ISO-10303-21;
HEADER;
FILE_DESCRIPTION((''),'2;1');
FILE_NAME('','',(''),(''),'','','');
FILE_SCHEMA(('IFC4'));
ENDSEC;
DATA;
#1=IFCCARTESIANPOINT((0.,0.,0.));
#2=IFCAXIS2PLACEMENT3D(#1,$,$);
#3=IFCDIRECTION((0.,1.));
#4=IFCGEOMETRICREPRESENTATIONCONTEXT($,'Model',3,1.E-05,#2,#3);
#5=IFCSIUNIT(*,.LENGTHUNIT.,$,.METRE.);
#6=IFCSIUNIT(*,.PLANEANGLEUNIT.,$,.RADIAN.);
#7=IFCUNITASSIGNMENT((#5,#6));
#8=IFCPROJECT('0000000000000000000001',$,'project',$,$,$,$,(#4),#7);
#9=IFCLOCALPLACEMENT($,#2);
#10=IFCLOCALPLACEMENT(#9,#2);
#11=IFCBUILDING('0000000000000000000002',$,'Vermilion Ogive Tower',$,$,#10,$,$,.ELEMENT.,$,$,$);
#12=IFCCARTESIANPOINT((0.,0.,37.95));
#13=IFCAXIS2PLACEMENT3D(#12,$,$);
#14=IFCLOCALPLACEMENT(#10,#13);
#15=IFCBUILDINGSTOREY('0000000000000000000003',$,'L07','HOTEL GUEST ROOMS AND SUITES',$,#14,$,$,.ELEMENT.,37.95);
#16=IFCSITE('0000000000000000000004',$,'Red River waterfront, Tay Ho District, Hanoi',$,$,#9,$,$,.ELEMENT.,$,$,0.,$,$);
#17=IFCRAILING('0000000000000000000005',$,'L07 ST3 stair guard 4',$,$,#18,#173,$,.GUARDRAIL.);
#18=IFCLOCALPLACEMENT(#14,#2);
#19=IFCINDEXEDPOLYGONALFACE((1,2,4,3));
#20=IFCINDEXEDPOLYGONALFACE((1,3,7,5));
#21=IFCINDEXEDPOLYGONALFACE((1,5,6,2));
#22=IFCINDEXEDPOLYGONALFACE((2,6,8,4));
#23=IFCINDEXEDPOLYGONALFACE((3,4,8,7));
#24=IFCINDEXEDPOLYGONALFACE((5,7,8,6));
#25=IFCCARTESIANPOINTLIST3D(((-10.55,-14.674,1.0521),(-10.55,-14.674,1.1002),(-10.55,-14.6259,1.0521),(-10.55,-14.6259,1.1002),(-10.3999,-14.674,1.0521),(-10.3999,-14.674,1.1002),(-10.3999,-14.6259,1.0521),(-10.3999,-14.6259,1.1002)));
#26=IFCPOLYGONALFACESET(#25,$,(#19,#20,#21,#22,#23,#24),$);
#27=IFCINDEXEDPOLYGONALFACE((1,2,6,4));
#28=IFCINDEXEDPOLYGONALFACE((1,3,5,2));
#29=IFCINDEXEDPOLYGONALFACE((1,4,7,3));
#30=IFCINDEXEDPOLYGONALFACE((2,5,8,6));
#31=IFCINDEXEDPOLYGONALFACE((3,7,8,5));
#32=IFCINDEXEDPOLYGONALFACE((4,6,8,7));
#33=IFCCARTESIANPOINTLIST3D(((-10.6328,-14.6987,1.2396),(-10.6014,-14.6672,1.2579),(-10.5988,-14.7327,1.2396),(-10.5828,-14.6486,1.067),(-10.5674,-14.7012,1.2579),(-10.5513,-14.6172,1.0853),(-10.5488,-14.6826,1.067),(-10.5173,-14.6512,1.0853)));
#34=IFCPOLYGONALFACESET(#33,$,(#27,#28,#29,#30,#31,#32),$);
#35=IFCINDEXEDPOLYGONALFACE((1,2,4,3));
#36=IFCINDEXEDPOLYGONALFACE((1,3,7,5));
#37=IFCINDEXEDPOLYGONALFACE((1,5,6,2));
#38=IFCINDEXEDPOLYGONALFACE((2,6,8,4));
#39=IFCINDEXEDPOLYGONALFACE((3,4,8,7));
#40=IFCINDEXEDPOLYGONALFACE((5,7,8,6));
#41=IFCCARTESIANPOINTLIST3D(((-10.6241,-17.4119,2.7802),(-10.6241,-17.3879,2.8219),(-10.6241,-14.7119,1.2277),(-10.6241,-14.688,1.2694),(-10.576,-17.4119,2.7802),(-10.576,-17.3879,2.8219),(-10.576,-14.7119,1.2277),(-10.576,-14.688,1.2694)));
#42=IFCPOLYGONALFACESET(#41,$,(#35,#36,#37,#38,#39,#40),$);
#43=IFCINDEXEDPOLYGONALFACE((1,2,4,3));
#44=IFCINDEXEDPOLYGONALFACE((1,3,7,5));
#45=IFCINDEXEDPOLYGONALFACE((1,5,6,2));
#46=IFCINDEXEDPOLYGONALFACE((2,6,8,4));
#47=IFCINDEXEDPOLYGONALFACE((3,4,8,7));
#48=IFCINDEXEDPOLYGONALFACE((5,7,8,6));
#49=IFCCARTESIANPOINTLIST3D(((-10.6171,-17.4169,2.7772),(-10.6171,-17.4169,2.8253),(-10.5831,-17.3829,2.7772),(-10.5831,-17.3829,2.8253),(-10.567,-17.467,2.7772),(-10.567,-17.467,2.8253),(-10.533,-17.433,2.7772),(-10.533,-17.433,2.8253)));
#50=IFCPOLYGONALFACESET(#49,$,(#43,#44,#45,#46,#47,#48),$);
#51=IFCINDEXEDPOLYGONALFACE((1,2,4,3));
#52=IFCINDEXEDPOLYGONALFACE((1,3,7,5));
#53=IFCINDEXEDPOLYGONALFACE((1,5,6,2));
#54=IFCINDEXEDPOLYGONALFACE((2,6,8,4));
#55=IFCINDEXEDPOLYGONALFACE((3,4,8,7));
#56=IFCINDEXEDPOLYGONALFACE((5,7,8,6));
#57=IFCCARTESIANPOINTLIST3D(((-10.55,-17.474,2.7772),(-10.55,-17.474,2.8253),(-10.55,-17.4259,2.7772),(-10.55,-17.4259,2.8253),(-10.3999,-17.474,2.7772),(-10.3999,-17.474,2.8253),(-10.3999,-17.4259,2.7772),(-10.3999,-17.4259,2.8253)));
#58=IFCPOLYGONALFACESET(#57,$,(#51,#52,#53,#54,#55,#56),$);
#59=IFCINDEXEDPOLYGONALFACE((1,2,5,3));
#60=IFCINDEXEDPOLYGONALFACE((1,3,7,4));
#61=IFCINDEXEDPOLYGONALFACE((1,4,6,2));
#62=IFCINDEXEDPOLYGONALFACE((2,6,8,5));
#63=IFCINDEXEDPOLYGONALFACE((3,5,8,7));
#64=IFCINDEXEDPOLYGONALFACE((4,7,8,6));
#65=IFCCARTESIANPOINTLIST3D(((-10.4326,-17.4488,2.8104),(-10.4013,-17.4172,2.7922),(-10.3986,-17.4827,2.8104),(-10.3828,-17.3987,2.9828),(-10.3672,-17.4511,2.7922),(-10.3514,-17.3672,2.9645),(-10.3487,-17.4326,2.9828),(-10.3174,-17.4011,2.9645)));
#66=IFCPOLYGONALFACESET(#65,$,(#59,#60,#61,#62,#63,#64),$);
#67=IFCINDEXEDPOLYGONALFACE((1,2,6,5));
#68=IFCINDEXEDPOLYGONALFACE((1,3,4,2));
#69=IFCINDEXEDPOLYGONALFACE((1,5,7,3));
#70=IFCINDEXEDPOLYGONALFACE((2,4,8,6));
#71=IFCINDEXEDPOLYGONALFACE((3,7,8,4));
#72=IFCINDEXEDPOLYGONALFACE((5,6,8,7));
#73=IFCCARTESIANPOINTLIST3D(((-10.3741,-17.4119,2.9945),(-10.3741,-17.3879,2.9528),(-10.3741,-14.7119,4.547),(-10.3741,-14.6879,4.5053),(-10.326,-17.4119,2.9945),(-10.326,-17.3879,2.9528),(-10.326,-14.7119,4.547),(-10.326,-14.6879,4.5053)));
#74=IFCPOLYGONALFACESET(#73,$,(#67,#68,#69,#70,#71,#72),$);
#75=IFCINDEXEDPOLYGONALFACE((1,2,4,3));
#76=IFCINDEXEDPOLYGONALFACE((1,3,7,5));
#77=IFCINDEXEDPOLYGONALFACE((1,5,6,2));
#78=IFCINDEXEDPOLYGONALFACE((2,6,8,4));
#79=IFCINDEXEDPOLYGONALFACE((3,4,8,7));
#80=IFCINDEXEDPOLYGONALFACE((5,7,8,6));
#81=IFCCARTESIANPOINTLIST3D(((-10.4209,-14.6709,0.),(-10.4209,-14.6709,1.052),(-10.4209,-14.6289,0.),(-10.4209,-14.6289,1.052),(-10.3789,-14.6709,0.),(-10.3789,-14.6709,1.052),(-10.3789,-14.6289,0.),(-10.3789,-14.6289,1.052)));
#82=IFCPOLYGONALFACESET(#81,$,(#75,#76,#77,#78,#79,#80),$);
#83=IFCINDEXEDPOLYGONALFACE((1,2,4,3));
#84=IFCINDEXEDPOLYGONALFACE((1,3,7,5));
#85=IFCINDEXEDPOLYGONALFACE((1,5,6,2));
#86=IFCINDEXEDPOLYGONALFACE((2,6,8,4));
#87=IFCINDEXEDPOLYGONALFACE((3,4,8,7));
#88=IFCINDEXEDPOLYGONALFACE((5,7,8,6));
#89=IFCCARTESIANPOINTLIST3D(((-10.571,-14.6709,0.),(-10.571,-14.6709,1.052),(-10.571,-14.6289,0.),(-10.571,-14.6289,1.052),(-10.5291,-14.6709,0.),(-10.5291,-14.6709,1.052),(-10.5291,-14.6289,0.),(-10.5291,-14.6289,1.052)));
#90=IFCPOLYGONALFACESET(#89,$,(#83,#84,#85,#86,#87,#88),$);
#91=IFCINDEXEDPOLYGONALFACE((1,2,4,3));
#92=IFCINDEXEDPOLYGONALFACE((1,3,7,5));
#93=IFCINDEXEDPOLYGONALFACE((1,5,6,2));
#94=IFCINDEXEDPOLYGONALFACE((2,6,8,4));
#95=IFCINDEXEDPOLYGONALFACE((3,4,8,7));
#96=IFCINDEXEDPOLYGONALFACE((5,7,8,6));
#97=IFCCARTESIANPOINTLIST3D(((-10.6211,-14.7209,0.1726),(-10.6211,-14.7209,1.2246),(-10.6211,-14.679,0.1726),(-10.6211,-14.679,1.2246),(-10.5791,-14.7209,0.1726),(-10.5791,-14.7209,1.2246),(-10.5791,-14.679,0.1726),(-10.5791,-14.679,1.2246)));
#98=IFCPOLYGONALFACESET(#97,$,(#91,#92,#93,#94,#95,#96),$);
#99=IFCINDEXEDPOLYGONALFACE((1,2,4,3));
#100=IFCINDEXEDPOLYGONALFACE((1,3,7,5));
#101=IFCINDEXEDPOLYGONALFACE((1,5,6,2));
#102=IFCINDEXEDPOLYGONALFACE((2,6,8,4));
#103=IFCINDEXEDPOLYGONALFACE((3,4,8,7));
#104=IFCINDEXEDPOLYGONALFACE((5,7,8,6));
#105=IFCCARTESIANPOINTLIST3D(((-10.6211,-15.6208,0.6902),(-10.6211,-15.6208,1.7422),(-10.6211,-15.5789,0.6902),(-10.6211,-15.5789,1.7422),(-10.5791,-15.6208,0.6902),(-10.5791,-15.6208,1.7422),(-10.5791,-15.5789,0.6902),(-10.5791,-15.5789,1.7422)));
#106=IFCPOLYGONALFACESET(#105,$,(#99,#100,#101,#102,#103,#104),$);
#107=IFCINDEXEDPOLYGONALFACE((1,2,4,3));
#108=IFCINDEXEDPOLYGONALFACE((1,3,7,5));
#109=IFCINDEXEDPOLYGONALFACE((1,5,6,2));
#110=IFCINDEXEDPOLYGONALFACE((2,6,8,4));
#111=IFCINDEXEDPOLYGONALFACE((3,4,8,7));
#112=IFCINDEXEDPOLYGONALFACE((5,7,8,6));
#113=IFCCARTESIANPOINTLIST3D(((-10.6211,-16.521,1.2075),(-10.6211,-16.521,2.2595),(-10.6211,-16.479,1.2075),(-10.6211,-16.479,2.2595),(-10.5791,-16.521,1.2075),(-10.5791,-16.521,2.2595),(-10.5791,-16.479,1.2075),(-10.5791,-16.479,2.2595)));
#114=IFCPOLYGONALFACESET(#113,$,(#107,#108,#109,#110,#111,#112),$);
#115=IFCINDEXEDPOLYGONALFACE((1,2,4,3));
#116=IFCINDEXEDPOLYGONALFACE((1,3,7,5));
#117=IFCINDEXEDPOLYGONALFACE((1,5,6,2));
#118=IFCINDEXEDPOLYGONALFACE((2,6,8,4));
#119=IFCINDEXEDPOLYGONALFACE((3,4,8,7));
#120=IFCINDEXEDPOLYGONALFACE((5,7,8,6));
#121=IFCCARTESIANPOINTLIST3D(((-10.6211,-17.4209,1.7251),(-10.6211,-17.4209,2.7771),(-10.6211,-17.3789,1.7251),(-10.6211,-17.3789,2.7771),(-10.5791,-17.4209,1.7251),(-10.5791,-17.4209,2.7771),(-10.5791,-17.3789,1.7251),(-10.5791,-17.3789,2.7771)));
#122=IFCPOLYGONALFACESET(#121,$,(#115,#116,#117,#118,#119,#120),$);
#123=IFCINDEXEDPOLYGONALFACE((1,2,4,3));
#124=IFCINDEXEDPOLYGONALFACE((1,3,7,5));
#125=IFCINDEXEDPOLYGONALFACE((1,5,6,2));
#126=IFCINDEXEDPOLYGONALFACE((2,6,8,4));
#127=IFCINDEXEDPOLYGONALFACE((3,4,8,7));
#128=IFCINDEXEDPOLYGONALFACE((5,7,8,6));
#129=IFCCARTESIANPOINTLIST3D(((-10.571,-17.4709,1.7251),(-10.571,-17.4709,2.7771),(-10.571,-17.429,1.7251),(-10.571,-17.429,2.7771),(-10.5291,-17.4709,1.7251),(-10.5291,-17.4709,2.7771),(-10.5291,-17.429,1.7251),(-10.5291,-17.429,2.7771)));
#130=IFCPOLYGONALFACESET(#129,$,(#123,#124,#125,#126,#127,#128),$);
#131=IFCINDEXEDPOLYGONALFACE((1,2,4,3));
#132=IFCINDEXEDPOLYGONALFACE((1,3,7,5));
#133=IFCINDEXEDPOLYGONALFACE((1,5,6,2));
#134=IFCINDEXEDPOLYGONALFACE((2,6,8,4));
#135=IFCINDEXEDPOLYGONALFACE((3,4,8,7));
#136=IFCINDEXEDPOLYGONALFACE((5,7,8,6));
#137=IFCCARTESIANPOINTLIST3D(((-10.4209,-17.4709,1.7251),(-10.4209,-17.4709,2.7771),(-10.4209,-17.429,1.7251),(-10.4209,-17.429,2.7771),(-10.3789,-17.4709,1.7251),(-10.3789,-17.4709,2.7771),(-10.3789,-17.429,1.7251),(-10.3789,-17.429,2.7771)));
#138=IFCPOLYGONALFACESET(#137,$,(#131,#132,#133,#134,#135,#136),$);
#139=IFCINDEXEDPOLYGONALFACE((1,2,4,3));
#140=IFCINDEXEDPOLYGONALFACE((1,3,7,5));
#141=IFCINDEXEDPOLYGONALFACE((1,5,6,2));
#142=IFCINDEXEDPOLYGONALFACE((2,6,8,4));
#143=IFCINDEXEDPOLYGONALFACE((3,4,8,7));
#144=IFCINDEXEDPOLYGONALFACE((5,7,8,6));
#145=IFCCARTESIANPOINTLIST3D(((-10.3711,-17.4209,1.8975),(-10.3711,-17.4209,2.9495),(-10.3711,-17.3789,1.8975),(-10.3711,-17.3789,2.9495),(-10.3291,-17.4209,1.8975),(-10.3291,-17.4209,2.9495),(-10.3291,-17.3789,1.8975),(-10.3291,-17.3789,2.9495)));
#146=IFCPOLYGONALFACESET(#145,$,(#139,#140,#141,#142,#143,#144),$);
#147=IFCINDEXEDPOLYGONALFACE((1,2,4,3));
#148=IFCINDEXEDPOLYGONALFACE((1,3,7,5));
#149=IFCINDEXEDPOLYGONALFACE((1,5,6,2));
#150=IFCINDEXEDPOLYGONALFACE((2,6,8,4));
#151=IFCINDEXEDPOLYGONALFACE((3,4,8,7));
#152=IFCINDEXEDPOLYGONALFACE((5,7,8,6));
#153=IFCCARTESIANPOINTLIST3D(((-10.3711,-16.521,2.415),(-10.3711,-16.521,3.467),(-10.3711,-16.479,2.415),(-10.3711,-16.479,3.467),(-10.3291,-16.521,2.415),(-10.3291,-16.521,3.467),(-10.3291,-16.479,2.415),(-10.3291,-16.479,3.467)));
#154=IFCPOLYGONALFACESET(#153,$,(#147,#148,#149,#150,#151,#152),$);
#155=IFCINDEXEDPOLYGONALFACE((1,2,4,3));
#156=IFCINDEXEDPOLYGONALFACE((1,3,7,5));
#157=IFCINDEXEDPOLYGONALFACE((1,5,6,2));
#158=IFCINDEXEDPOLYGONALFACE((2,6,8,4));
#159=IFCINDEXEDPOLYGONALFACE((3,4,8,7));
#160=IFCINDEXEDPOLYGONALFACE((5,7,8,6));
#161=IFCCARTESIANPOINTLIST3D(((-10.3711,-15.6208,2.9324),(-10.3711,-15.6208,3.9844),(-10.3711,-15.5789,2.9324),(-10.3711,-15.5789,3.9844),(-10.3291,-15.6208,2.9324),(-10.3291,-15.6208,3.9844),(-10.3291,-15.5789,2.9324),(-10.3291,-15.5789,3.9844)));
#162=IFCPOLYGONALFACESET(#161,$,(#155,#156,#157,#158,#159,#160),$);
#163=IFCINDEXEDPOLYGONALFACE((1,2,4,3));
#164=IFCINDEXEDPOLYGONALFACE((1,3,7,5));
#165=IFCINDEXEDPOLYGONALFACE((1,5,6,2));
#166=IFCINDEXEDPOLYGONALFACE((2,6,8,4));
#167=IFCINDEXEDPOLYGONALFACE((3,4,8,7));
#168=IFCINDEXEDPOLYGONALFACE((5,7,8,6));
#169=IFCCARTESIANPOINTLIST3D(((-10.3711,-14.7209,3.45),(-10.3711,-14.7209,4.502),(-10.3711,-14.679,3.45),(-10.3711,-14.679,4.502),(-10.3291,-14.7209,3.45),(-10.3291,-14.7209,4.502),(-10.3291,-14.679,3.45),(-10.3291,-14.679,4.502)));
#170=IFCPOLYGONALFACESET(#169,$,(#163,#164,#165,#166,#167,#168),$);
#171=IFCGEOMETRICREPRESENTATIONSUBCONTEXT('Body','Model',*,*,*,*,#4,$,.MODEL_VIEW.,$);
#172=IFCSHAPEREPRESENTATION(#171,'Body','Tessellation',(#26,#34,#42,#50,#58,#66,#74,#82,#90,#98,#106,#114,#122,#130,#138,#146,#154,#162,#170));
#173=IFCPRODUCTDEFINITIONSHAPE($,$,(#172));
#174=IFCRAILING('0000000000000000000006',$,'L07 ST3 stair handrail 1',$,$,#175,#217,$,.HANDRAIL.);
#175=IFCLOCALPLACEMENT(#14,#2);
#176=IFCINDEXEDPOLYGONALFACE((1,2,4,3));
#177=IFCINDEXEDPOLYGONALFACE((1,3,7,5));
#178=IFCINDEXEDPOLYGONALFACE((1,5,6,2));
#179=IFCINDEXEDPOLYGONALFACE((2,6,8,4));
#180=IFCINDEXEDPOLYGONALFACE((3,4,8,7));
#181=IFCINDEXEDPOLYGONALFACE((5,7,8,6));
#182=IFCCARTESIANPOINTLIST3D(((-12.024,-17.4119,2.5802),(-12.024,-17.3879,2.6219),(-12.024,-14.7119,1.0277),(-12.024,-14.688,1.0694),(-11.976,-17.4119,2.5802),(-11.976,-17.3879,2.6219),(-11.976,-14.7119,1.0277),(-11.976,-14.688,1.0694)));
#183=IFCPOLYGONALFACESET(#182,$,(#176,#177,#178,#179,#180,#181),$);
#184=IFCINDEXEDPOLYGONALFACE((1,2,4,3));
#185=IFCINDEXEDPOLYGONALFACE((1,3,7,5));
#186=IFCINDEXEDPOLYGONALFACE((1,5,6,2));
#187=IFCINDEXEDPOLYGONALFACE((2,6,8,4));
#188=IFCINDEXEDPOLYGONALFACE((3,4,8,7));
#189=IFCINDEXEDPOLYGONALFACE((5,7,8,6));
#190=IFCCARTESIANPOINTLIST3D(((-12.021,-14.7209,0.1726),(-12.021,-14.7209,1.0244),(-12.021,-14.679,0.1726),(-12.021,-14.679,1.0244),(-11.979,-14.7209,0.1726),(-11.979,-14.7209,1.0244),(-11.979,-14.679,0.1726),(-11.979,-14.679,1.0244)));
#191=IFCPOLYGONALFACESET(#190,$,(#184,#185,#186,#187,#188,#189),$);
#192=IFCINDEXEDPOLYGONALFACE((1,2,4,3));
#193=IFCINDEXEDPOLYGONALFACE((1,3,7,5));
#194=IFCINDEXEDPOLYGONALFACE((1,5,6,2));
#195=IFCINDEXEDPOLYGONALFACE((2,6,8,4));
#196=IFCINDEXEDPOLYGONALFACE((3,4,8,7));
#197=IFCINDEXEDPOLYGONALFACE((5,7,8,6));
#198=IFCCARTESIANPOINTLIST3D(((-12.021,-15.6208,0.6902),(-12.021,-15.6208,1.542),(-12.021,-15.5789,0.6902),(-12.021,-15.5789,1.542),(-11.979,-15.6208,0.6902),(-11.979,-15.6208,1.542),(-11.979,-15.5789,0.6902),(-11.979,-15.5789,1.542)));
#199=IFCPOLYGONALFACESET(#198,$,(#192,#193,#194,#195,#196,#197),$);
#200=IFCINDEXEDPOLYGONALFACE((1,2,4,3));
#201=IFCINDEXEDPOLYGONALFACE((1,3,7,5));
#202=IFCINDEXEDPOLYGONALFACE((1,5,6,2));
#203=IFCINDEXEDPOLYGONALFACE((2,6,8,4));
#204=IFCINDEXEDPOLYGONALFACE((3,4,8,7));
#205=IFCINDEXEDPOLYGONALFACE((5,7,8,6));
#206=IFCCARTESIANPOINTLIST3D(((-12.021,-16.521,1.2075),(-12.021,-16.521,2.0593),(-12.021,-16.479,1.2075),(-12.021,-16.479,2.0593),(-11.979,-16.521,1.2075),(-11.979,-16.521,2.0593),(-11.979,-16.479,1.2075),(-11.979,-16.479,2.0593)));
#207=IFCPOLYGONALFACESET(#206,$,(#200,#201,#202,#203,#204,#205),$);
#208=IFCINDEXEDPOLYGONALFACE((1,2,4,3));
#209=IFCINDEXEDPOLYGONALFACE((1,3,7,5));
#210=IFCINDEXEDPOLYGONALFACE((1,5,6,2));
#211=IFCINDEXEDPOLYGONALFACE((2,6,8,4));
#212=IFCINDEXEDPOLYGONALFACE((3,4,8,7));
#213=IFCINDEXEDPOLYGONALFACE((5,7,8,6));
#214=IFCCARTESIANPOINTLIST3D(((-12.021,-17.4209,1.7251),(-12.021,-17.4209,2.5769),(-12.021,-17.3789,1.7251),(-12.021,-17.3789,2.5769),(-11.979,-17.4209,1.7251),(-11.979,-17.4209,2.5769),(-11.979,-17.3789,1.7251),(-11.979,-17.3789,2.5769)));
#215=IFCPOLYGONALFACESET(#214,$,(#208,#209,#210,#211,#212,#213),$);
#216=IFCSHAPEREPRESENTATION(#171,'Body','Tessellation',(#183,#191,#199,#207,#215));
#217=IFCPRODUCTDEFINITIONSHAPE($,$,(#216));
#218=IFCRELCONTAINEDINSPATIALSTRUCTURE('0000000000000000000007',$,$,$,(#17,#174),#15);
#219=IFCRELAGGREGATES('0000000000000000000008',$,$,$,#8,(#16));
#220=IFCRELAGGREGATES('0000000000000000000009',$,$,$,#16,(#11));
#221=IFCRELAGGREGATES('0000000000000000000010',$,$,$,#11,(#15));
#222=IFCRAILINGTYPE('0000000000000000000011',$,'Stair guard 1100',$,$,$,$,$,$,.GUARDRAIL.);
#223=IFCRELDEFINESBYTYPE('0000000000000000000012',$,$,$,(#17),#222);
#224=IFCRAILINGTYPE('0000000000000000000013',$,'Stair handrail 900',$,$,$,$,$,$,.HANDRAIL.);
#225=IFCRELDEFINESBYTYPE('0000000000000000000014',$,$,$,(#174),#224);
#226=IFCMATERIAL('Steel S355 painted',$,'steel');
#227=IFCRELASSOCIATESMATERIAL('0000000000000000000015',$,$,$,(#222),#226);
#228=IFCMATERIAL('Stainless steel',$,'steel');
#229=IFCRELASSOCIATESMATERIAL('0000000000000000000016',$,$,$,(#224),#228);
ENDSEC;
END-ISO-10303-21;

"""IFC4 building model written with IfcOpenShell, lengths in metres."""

from ifc_helpers import new_model, si_unit, direction, frame, origin, origin_2d, place, context, subcontext, project, spatial, rectangle, extrude, material, type_object, element, save


model = new_model("IFC4")

# Units and contexts
model_context = context("Model", 3, precision=1e-05, world=origin(), true_north=direction((0.0, 1.0)))
body_context = subcontext(model_context, "Body", "Model", "MODEL_VIEW")
ifc_project = project(units=[si_unit("LENGTHUNIT", "METRE"), si_unit("PLANEANGLEUNIT", "RADIAN")], contexts=[model_context])

# Site, building, storey
site_placement = place(None, origin())
site = spatial("IfcSite", under=ifc_project, at=site_placement, Name="Red River waterfront, Tay Ho District, Hanoi", CompositionType="ELEMENT", RefElevation=0.0)
building_placement = place(site_placement, origin())
building = spatial("IfcBuilding", under=site, at=building_placement, Name="Vermilion Ogive Tower", CompositionType="ELEMENT")
storey_placement = place(building_placement, frame((0.0, 0.0, 37.95)))
storey = spatial("IfcBuildingStorey", under=building, at=storey_placement, Name="L07", Description="HOTEL GUEST ROOMS AND SUITES", CompositionType="ELEMENT", Elevation=37.95)

# Railings
ifc_material_1 = material(Name="Steel S355 painted", Category="steel")
railing_type_1 = type_object("IfcRailingType", Name="Stair guard 1100", PredefinedType="GUARDRAIL", material=ifc_material_1)
railing_1_placement = place(storey_placement, frame((-10.3999, -14.6499, 0.0)))
element("IfcRailing", 1, at=railing_1_placement, inside=storey, type_object=railing_type_1, Name="L07 ST3 stair guard 4", PredefinedType="GUARDRAIL", context=body_context, shape_type="SweptSolid", body=[
    extrude(rectangle(XDim=0.0481, YDim=0.0481, at=origin_2d()), frame((0.0, 0.0, 1.0762), z_axis=(-1.0, 0.0, 0.0), x_axis=(0.0, -1.0, 0.0)), (0.0, 0.0, 1.0), 0.1501),
    extrude(rectangle(XDim=0.0481, YDim=0.0481, at=origin_2d()), frame((-0.1501, 0.0, 1.0762), z_axis=(-0.268278, -0.268278, 0.925232), x_axis=(0.707107, -0.707107, 0.0)), (0.0, 0.0, 1.0), 0.1865),
    extrude(rectangle(XDim=0.0481, YDim=0.0481, at=origin_2d()), frame((-0.2002, -0.05, 1.2485), z_axis=(0.0, -0.866904, 0.498476), x_axis=(1.0, 0.0, 0.0)), (0.0, 0.0, 1.0), 3.1145),
    extrude(rectangle(XDim=0.0481, YDim=0.0481, at=origin_2d()), frame((-0.2002, -2.75, 2.8013), z_axis=(0.707107, -0.707107, 0.0), x_axis=(0.707107, 0.707107, 0.0)), (0.0, 0.0, 1.0), 0.0708),
    extrude(rectangle(XDim=0.0481, YDim=0.0481, at=origin_2d()), frame((-0.1501, -2.8, 2.8013), z_axis=(1.0, 0.0, 0.0), x_axis=(0.0, 1.0, 0.0)), (0.0, 0.0, 1.0), 0.1501),
    extrude(rectangle(XDim=0.0481, YDim=0.0481, at=origin_2d()), frame((0.0, -2.8, 2.8013), z_axis=(0.267387, 0.268698, 0.925368), x_axis=(-0.708834, 0.705376, 0.0)), (0.0, 0.0, 1.0), 0.1863),
    extrude(rectangle(XDim=0.0481, YDim=0.0481, at=origin_2d()), frame((0.0498, -2.75, 2.9736), z_axis=(0.0, 0.866904, 0.498476), x_axis=(-1.0, 0.0, 0.0)), (0.0, 0.0, 1.0), 3.1145),
    extrude(rectangle(XDim=0.042, YDim=0.042, at=origin_2d()), origin(), (0.0, 0.0, 1.0), 1.052),
    extrude(rectangle(XDim=0.042, YDim=0.042, at=origin_2d()), frame((-0.1501, 0.0, 0.0)), (0.0, 0.0, 1.0), 1.052),
    extrude(rectangle(XDim=0.042, YDim=0.042, at=origin_2d()), frame((-0.2002, -0.05, 0.1726)), (0.0, 0.0, 1.0), 1.052),
    extrude(rectangle(XDim=0.042, YDim=0.042, at=origin_2d()), frame((-0.2002, -0.95, 0.6902)), (0.0, 0.0, 1.0), 1.052),
    extrude(rectangle(XDim=0.042, YDim=0.042, at=origin_2d()), frame((-0.2002, -1.8501, 1.2075)), (0.0, 0.0, 1.0), 1.052),
    extrude(rectangle(XDim=0.042, YDim=0.042, at=origin_2d()), frame((-0.2002, -2.75, 1.7251)), (0.0, 0.0, 1.0), 1.052),
    extrude(rectangle(XDim=0.042, YDim=0.042, at=origin_2d()), frame((-0.1501, -2.8, 1.7251)), (0.0, 0.0, 1.0), 1.052),
    extrude(rectangle(XDim=0.042, YDim=0.042, at=origin_2d()), frame((0.0, -2.8, 1.7251)), (0.0, 0.0, 1.0), 1.052),
    extrude(rectangle(XDim=0.042, YDim=0.042, at=origin_2d()), frame((0.0498, -2.75, 1.8975)), (0.0, 0.0, 1.0), 1.052),
    extrude(rectangle(XDim=0.042, YDim=0.042, at=origin_2d()), frame((0.0498, -1.8501, 2.415)), (0.0, 0.0, 1.0), 1.052),
    extrude(rectangle(XDim=0.042, YDim=0.042, at=origin_2d()), frame((0.0498, -0.95, 2.9324)), (0.0, 0.0, 1.0), 1.052),
    extrude(rectangle(XDim=0.042, YDim=0.042, at=origin_2d()), frame((0.0498, -0.05, 3.45)), (0.0, 0.0, 1.0), 1.052),
])
ifc_material_2 = material(Name="Stainless steel", Category="steel")
railing_type_2 = type_object("IfcRailingType", Name="Stair handrail 900", PredefinedType="HANDRAIL", material=ifc_material_2)
railing_2_placement = place(storey_placement, frame((-12.0, -14.7, 0.1726)))
element("IfcRailing", 2, at=railing_2_placement, inside=storey, type_object=railing_type_2, Name="L07 ST3 stair handrail 1", PredefinedType="HANDRAIL", context=body_context, shape_type="SweptSolid", body=[
    extrude(rectangle(XDim=0.0481, YDim=0.0481, at=origin_2d()), frame((0.0, 0.0, 0.876), z_axis=(0.0, -0.866904, 0.498476), x_axis=(1.0, 0.0, 0.0)), (0.0, 0.0, 1.0), 3.1145),
    extrude(rectangle(XDim=0.042, YDim=0.042, at=origin_2d()), origin(), (0.0, 0.0, 1.0), 0.8518),
    extrude(rectangle(XDim=0.042, YDim=0.042, at=origin_2d()), frame((0.0, -0.8999, 0.5176)), (0.0, 0.0, 1.0), 0.8518),
    extrude(rectangle(XDim=0.042, YDim=0.042, at=origin_2d()), frame((0.0, -1.8, 1.0349)), (0.0, 0.0, 1.0), 0.8518),
    extrude(rectangle(XDim=0.042, YDim=0.042, at=origin_2d()), frame((0.0, -2.7, 1.5525)), (0.0, 0.0, 1.0), 0.8518),
])

save(model, "model.ifc")
